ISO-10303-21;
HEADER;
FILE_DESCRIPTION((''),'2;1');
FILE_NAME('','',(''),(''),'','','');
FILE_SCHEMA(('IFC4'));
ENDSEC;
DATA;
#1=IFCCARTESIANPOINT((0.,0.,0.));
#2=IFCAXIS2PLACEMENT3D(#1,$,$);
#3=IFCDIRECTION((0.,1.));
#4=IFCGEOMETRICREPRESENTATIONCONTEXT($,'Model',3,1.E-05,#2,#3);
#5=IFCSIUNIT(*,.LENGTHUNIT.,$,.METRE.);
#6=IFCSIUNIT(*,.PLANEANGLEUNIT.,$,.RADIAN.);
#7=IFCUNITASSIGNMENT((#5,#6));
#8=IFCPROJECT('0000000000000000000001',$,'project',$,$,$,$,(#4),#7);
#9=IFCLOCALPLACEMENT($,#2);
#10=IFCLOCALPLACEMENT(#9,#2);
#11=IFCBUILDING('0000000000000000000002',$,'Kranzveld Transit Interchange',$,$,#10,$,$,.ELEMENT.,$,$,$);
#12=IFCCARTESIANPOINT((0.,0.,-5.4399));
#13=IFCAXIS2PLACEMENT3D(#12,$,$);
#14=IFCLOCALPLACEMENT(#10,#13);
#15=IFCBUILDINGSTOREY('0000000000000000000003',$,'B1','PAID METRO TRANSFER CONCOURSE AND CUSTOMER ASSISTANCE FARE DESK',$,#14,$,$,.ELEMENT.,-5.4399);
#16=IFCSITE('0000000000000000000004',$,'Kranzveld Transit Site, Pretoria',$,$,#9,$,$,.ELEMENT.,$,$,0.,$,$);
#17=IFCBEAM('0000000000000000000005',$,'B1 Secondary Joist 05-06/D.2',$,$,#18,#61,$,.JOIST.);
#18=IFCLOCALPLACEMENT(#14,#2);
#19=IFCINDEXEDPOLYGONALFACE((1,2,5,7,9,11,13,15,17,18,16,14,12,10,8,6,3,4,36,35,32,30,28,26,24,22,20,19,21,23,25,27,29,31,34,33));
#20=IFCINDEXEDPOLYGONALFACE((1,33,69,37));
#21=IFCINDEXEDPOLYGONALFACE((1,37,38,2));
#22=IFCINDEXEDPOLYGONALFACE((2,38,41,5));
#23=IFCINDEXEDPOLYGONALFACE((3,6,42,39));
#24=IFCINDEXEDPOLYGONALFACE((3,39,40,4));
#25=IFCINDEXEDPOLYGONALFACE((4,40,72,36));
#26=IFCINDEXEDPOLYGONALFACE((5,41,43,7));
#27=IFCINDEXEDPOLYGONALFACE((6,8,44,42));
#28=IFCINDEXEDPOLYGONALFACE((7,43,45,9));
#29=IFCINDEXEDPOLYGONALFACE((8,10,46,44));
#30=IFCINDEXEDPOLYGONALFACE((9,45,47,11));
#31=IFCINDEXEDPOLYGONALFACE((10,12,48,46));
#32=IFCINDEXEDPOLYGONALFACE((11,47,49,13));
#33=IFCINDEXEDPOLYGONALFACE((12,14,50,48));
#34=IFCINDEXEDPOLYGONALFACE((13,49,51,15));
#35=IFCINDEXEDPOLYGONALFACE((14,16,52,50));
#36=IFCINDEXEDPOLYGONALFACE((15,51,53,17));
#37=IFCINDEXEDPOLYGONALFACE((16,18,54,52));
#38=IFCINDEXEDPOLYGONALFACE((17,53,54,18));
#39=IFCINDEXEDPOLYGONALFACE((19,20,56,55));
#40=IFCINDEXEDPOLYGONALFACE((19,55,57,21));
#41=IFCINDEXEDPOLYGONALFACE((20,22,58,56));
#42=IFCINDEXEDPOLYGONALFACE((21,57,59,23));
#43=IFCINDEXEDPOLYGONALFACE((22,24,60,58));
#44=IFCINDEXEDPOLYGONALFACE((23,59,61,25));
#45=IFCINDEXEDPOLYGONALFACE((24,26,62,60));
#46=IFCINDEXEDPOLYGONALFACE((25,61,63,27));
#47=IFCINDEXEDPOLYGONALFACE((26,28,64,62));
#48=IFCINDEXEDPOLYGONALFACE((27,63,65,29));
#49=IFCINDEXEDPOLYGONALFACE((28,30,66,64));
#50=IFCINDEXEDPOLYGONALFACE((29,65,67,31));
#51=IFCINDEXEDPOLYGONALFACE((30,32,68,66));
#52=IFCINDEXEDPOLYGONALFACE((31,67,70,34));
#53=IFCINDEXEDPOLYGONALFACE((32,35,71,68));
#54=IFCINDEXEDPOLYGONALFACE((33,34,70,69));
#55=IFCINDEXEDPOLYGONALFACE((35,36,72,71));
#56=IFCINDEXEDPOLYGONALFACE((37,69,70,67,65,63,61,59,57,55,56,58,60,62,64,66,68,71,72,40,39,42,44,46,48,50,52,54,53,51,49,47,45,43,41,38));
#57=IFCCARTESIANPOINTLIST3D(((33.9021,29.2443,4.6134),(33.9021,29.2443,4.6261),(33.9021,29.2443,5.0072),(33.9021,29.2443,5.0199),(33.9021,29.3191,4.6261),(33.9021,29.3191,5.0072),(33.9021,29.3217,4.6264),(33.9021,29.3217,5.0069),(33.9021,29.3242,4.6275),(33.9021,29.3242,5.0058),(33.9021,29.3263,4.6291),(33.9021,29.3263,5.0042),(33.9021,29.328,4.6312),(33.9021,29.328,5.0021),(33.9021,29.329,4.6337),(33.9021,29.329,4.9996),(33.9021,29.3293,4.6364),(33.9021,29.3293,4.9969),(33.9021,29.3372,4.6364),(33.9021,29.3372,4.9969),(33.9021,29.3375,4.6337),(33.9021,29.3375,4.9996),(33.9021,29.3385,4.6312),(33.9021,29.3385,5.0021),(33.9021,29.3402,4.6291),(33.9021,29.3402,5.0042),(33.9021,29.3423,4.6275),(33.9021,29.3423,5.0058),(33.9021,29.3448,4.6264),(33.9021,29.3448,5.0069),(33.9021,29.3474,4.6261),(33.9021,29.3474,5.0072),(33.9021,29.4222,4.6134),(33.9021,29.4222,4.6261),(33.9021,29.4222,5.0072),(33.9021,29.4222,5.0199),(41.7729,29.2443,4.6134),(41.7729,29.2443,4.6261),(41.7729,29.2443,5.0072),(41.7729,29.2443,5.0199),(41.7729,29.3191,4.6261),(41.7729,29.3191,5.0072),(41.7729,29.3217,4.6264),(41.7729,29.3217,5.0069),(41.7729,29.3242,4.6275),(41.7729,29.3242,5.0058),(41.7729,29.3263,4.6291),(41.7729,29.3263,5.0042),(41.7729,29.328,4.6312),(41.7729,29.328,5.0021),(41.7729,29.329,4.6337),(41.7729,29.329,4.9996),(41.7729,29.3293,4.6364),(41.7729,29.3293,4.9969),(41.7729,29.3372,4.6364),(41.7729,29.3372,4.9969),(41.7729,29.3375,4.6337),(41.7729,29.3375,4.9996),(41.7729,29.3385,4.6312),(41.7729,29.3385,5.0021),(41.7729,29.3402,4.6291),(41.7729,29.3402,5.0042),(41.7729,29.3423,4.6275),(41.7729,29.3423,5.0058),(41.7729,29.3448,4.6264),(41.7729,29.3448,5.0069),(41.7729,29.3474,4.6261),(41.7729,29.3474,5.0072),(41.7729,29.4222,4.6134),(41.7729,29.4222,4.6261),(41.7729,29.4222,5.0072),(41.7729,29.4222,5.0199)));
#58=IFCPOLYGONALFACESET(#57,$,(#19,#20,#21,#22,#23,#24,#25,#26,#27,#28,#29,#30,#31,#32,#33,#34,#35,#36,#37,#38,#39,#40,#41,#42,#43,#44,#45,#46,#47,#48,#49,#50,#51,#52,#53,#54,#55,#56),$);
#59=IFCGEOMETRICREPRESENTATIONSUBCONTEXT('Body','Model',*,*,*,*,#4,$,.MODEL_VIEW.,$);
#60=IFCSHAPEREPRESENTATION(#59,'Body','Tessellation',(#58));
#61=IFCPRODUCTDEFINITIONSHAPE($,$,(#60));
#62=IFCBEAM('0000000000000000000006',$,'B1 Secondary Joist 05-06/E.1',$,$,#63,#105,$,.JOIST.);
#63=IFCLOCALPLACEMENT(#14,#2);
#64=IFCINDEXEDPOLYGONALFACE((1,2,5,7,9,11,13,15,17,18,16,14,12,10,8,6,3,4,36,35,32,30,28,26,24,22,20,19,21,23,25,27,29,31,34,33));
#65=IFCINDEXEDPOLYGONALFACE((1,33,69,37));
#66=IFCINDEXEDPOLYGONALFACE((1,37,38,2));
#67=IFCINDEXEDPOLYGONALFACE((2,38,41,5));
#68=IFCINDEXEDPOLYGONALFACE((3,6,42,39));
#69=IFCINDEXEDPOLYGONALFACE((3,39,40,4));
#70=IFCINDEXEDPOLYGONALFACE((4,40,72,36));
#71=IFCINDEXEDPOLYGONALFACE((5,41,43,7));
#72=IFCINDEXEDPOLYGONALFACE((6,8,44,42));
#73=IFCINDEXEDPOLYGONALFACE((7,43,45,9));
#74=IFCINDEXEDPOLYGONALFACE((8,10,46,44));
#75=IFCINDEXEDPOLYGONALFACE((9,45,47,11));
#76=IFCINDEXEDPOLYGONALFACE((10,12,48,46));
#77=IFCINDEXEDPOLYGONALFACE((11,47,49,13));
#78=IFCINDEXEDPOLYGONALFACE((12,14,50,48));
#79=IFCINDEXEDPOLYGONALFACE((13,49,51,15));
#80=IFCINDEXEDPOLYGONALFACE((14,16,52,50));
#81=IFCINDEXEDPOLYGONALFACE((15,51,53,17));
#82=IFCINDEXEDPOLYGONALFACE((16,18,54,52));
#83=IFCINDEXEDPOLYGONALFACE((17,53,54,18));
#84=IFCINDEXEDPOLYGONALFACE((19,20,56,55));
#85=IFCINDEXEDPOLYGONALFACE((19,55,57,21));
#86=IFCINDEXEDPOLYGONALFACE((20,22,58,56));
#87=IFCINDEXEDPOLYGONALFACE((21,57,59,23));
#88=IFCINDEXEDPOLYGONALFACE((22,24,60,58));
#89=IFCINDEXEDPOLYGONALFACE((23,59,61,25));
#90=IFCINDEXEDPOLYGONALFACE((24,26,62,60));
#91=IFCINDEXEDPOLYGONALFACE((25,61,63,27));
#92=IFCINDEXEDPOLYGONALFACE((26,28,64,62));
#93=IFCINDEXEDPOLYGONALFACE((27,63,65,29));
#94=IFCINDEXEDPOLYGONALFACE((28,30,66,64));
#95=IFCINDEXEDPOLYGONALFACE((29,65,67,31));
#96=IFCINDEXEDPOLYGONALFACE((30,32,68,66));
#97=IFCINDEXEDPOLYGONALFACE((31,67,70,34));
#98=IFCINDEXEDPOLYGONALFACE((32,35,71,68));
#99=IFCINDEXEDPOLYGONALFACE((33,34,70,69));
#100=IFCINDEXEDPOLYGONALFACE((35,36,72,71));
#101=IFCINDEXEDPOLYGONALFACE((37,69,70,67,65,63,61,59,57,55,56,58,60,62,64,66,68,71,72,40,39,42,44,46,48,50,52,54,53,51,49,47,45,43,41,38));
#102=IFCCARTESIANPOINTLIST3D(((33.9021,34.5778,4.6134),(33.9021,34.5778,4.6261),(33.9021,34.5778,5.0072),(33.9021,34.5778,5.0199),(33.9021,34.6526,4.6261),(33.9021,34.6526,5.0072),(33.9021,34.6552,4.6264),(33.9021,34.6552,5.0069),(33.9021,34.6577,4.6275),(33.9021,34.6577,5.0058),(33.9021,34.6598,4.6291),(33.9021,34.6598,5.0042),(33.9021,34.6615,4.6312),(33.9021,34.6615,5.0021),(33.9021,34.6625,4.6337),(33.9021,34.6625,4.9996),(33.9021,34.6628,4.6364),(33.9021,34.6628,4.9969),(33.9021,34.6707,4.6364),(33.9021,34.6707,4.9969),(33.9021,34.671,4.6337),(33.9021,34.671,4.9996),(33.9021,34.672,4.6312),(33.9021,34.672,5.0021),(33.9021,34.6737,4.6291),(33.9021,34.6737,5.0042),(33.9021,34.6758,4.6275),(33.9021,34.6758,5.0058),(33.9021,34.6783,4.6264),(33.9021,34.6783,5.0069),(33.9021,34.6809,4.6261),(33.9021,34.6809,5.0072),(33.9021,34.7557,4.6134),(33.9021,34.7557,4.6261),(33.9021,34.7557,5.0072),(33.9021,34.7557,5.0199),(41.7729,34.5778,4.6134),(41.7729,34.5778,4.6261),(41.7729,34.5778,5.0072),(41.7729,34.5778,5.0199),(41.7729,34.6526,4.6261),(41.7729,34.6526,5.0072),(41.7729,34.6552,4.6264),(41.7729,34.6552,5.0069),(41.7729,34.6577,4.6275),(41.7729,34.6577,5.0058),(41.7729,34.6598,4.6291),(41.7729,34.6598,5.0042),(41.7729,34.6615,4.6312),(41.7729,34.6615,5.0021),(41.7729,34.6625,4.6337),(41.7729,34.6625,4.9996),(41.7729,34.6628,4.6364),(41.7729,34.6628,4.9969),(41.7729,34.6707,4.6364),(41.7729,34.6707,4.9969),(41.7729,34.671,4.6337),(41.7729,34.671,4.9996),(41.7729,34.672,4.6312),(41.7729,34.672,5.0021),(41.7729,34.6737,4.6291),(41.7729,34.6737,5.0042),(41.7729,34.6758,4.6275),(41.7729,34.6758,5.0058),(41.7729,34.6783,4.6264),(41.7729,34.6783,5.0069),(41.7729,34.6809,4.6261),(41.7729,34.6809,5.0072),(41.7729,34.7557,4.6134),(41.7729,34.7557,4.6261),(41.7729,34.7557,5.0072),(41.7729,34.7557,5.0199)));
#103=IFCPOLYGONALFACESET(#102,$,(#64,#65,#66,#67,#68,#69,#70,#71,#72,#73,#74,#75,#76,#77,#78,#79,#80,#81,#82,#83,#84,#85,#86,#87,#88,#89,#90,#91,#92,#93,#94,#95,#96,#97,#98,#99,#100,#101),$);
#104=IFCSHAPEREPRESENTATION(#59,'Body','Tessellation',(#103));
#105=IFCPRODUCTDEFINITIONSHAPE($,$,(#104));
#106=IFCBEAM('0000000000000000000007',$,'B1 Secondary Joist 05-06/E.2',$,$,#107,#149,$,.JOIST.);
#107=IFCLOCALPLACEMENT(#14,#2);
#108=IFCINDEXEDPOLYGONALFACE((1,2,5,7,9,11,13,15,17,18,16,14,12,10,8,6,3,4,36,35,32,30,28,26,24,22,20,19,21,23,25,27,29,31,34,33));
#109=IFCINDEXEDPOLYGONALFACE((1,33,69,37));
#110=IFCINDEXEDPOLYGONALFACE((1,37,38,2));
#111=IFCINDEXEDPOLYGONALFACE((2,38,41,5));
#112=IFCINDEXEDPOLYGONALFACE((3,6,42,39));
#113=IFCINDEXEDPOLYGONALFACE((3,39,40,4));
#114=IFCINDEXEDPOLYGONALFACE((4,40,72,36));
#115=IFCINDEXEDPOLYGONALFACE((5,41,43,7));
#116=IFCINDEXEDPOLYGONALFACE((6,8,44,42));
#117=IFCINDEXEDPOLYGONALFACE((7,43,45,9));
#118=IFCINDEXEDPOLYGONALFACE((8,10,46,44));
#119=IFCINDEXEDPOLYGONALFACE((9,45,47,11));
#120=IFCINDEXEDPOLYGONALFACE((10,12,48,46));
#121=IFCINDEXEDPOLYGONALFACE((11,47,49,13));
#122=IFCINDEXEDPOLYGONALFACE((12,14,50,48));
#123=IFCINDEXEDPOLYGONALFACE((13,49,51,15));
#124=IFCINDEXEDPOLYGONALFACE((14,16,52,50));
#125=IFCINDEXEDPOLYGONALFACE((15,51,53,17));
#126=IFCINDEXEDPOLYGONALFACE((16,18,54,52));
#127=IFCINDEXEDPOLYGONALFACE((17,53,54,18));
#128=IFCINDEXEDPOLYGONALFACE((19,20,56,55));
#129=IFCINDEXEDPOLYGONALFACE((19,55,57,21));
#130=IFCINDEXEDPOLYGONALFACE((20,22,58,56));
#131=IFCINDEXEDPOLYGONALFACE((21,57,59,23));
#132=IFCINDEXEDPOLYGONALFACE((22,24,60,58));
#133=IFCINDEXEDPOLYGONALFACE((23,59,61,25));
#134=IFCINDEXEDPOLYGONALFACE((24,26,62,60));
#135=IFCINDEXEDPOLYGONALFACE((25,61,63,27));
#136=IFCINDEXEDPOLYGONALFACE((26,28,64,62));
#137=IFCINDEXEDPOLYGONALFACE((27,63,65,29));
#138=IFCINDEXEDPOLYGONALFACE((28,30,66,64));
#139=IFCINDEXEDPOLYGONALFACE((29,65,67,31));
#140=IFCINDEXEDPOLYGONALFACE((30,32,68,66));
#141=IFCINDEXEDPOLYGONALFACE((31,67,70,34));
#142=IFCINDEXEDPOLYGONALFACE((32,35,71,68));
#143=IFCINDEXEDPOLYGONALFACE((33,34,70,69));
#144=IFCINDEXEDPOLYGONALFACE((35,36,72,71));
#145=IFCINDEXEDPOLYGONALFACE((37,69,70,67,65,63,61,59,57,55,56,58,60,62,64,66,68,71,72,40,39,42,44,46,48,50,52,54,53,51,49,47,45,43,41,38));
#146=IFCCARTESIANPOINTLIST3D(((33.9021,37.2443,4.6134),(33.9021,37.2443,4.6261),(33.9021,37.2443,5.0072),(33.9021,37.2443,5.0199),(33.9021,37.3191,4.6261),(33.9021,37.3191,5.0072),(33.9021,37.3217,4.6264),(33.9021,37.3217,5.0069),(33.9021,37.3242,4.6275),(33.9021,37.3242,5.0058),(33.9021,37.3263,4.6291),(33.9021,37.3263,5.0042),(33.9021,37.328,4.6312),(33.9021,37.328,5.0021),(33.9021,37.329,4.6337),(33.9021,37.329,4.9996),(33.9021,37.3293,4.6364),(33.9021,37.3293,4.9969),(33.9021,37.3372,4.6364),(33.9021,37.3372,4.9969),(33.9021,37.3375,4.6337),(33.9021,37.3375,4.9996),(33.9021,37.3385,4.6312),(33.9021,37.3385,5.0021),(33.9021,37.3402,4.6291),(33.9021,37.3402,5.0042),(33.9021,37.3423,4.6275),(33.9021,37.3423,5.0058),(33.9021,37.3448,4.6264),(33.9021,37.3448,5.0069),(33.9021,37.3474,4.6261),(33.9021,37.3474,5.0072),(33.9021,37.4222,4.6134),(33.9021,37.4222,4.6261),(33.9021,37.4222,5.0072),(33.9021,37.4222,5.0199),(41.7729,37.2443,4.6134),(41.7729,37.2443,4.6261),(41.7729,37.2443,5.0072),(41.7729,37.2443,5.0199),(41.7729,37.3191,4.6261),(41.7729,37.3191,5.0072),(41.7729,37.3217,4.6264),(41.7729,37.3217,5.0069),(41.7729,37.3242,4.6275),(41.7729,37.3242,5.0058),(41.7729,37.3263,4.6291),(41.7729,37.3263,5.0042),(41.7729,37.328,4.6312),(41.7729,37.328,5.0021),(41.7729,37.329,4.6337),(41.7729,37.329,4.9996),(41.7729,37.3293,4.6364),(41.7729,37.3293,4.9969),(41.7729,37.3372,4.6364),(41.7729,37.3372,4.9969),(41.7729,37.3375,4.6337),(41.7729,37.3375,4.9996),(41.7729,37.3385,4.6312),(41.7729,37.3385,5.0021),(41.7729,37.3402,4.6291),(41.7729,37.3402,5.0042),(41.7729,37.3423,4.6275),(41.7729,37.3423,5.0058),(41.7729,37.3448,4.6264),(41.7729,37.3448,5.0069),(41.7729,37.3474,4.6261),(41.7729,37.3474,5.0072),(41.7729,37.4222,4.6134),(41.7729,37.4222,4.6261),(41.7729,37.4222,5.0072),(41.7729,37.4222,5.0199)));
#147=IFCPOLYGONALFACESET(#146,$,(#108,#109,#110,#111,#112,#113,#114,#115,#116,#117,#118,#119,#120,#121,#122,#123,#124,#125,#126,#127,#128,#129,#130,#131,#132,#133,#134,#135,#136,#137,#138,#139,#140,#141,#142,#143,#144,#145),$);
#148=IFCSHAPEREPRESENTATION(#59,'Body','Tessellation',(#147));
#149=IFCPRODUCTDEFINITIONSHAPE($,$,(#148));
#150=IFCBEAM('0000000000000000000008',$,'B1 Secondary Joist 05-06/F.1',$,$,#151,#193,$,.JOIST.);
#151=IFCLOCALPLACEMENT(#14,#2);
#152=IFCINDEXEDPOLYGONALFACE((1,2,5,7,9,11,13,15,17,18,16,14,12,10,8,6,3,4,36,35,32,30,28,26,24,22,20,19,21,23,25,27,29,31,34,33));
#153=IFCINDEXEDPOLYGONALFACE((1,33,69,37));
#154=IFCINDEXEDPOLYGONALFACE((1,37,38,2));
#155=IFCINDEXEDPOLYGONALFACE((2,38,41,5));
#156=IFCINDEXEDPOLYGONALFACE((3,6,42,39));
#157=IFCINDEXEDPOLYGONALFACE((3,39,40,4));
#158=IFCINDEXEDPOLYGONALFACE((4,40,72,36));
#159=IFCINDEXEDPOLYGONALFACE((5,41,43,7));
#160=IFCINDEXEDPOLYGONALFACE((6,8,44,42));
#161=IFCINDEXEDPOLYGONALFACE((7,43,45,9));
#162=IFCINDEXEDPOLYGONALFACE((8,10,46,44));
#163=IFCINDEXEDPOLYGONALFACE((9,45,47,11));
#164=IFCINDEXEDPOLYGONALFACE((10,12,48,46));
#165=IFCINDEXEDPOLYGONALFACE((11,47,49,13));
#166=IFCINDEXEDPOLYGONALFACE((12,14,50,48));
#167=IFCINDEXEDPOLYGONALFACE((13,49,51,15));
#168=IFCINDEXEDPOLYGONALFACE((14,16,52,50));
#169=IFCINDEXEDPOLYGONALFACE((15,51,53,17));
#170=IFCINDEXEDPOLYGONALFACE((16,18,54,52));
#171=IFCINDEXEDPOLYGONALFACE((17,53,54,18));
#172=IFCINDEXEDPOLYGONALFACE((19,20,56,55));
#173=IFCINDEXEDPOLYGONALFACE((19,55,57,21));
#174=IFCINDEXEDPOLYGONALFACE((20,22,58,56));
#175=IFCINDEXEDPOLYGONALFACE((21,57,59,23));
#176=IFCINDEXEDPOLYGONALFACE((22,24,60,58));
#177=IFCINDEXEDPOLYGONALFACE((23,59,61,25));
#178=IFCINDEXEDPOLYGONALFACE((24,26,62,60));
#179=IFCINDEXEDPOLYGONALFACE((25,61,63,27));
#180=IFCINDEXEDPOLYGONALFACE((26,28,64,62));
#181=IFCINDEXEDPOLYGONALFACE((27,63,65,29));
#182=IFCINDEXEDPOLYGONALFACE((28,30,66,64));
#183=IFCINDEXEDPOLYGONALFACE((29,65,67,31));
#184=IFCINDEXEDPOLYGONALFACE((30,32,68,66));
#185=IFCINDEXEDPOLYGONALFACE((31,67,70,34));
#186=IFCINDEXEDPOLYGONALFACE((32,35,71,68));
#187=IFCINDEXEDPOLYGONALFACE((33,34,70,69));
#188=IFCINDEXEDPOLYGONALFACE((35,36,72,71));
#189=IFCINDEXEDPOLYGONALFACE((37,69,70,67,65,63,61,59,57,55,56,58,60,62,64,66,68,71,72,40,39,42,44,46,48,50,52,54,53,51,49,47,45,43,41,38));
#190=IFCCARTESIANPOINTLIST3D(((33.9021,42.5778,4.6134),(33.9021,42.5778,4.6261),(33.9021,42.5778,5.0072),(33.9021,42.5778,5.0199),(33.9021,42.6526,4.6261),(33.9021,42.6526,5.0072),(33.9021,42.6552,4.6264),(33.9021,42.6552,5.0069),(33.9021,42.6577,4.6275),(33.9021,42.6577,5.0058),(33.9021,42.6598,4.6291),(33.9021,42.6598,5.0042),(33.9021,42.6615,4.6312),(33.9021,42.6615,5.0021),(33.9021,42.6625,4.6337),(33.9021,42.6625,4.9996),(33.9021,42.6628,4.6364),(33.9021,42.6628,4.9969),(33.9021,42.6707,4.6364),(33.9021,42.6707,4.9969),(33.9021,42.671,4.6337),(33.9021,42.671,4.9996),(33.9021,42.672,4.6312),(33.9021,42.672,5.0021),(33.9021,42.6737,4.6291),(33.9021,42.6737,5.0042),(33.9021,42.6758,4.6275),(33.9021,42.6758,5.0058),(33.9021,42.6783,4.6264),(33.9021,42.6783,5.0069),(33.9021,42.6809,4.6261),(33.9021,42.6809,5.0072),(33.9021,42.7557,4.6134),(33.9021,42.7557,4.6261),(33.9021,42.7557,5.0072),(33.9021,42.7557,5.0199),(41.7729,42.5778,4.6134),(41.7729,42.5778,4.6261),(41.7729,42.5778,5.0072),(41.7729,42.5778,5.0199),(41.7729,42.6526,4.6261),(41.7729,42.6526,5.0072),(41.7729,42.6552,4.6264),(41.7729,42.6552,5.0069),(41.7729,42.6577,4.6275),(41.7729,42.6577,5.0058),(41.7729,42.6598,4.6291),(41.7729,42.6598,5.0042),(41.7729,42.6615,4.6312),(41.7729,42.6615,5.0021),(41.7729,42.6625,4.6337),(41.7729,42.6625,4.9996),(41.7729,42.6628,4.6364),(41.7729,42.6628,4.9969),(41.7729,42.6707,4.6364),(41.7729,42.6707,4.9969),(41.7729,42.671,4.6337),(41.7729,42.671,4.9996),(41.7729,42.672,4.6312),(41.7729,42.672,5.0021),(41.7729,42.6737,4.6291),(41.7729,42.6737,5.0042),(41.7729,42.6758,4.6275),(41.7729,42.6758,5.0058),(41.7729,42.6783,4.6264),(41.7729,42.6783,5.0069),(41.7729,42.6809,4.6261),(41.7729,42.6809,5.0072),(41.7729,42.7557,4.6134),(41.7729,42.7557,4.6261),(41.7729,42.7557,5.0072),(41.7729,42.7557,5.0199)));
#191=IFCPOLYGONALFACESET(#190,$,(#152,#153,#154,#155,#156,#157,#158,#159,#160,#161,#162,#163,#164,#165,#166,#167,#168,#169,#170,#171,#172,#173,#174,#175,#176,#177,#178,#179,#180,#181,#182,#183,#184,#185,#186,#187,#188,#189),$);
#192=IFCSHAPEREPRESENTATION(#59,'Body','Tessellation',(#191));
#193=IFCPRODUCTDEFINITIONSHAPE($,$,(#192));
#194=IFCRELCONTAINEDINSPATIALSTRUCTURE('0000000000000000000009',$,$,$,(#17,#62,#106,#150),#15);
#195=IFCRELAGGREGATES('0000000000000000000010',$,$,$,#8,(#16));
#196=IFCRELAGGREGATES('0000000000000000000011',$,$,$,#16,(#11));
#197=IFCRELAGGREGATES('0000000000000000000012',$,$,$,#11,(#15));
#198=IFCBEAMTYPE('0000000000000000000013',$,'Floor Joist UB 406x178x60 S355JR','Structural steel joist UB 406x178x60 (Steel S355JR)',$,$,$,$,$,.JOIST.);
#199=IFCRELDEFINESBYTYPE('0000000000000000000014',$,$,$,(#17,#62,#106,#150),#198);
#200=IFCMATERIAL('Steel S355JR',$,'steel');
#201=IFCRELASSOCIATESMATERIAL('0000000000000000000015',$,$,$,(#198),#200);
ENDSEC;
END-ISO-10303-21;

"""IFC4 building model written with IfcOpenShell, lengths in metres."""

from ifc_helpers import new_model, si_unit, direction, frame, origin, origin_2d, place, context, subcontext, project, spatial, i_section, extrude, material, material_profile, profile_set, type_object, element, save


model = new_model("IFC4")

# Units and contexts
model_context = context("Model", 3, precision=1e-05, world=origin(), true_north=direction((0.0, 1.0)))
body_context = subcontext(model_context, "Body", "Model", "MODEL_VIEW")
ifc_project = project(units=[si_unit("LENGTHUNIT", "METRE"), si_unit("PLANEANGLEUNIT", "RADIAN")], contexts=[model_context])

# Site, building, storey
site_placement = place(None, origin())
site = spatial("IfcSite", under=ifc_project, at=site_placement, Name="Kranzveld Transit Site, Pretoria", CompositionType="ELEMENT", RefElevation=0.0)
building_placement = place(site_placement, origin())
building = spatial("IfcBuilding", under=site, at=building_placement, Name="Kranzveld Transit Interchange", CompositionType="ELEMENT")
storey_placement = place(building_placement, frame((0.0, 0.0, -5.4399)))
storey = spatial("IfcBuildingStorey", under=building, at=storey_placement, Name="B1", Description="PAID METRO TRANSFER CONCOURSE AND CUSTOMER ASSISTANCE FARE DESK", CompositionType="ELEMENT", Elevation=-5.4399)

# Beams
ifc_material_1 = material(Name="Steel S355JR", Category="steel")
ifc_material_profile_1 = material_profile(ifc_material_1, i_section(OverallWidth=0.178, OverallDepth=0.4065, WebThickness=0.0078, FlangeThickness=0.0127, FilletRadius=0.0103, at=origin_2d()), Name="UB 406x178x60")
ifc_profile_set_1 = profile_set([ifc_material_profile_1], Name="Steel S355JR")
beam_type_1 = type_object("IfcBeamType", Name="Floor Joist UB 406x178x60 S355JR", Description="Structural steel joist UB 406x178x60 (Steel S355JR)", PredefinedType="JOIST", material=ifc_profile_set_1)
for number, where, z_axis, x_axis, name in (
    (1, (33.9021, 29.3333, 4.8167), (1.0, 0.0, 0.0), (0.0, 1.0, 0.0), "B1 Secondary Joist 05-06/D.2"),
    (2, (33.9021, 34.6667, 4.8167), (1.0, 0.0, 0.0), (0.0, 1.0, 0.0), "B1 Secondary Joist 05-06/E.1"),
    (3, (33.9021, 37.3333, 4.8167), (1.0, 0.0, 0.0), (0.0, 1.0, 0.0), "B1 Secondary Joist 05-06/E.2"),
    (4, (33.9021, 42.6667, 4.8167), (1.0, 0.0, 0.0), (0.0, 1.0, 0.0), "B1 Secondary Joist 05-06/F.1"),
):
    element("IfcBeam", number, at=place(storey_placement, frame(where, z_axis=z_axis, x_axis=x_axis)), inside=storey, type_object=beam_type_1, Name=name, PredefinedType="JOIST", context=body_context, shape_type="SweptSolid", body=[
        extrude(i_section(OverallWidth=0.178, OverallDepth=0.4065, WebThickness=0.0078, FlangeThickness=0.0127, FilletRadius=0.0103, at=origin_2d()), origin(), (0.0, 0.0, 1.0), 7.8708),
    ])

save(model, "model.ifc")
